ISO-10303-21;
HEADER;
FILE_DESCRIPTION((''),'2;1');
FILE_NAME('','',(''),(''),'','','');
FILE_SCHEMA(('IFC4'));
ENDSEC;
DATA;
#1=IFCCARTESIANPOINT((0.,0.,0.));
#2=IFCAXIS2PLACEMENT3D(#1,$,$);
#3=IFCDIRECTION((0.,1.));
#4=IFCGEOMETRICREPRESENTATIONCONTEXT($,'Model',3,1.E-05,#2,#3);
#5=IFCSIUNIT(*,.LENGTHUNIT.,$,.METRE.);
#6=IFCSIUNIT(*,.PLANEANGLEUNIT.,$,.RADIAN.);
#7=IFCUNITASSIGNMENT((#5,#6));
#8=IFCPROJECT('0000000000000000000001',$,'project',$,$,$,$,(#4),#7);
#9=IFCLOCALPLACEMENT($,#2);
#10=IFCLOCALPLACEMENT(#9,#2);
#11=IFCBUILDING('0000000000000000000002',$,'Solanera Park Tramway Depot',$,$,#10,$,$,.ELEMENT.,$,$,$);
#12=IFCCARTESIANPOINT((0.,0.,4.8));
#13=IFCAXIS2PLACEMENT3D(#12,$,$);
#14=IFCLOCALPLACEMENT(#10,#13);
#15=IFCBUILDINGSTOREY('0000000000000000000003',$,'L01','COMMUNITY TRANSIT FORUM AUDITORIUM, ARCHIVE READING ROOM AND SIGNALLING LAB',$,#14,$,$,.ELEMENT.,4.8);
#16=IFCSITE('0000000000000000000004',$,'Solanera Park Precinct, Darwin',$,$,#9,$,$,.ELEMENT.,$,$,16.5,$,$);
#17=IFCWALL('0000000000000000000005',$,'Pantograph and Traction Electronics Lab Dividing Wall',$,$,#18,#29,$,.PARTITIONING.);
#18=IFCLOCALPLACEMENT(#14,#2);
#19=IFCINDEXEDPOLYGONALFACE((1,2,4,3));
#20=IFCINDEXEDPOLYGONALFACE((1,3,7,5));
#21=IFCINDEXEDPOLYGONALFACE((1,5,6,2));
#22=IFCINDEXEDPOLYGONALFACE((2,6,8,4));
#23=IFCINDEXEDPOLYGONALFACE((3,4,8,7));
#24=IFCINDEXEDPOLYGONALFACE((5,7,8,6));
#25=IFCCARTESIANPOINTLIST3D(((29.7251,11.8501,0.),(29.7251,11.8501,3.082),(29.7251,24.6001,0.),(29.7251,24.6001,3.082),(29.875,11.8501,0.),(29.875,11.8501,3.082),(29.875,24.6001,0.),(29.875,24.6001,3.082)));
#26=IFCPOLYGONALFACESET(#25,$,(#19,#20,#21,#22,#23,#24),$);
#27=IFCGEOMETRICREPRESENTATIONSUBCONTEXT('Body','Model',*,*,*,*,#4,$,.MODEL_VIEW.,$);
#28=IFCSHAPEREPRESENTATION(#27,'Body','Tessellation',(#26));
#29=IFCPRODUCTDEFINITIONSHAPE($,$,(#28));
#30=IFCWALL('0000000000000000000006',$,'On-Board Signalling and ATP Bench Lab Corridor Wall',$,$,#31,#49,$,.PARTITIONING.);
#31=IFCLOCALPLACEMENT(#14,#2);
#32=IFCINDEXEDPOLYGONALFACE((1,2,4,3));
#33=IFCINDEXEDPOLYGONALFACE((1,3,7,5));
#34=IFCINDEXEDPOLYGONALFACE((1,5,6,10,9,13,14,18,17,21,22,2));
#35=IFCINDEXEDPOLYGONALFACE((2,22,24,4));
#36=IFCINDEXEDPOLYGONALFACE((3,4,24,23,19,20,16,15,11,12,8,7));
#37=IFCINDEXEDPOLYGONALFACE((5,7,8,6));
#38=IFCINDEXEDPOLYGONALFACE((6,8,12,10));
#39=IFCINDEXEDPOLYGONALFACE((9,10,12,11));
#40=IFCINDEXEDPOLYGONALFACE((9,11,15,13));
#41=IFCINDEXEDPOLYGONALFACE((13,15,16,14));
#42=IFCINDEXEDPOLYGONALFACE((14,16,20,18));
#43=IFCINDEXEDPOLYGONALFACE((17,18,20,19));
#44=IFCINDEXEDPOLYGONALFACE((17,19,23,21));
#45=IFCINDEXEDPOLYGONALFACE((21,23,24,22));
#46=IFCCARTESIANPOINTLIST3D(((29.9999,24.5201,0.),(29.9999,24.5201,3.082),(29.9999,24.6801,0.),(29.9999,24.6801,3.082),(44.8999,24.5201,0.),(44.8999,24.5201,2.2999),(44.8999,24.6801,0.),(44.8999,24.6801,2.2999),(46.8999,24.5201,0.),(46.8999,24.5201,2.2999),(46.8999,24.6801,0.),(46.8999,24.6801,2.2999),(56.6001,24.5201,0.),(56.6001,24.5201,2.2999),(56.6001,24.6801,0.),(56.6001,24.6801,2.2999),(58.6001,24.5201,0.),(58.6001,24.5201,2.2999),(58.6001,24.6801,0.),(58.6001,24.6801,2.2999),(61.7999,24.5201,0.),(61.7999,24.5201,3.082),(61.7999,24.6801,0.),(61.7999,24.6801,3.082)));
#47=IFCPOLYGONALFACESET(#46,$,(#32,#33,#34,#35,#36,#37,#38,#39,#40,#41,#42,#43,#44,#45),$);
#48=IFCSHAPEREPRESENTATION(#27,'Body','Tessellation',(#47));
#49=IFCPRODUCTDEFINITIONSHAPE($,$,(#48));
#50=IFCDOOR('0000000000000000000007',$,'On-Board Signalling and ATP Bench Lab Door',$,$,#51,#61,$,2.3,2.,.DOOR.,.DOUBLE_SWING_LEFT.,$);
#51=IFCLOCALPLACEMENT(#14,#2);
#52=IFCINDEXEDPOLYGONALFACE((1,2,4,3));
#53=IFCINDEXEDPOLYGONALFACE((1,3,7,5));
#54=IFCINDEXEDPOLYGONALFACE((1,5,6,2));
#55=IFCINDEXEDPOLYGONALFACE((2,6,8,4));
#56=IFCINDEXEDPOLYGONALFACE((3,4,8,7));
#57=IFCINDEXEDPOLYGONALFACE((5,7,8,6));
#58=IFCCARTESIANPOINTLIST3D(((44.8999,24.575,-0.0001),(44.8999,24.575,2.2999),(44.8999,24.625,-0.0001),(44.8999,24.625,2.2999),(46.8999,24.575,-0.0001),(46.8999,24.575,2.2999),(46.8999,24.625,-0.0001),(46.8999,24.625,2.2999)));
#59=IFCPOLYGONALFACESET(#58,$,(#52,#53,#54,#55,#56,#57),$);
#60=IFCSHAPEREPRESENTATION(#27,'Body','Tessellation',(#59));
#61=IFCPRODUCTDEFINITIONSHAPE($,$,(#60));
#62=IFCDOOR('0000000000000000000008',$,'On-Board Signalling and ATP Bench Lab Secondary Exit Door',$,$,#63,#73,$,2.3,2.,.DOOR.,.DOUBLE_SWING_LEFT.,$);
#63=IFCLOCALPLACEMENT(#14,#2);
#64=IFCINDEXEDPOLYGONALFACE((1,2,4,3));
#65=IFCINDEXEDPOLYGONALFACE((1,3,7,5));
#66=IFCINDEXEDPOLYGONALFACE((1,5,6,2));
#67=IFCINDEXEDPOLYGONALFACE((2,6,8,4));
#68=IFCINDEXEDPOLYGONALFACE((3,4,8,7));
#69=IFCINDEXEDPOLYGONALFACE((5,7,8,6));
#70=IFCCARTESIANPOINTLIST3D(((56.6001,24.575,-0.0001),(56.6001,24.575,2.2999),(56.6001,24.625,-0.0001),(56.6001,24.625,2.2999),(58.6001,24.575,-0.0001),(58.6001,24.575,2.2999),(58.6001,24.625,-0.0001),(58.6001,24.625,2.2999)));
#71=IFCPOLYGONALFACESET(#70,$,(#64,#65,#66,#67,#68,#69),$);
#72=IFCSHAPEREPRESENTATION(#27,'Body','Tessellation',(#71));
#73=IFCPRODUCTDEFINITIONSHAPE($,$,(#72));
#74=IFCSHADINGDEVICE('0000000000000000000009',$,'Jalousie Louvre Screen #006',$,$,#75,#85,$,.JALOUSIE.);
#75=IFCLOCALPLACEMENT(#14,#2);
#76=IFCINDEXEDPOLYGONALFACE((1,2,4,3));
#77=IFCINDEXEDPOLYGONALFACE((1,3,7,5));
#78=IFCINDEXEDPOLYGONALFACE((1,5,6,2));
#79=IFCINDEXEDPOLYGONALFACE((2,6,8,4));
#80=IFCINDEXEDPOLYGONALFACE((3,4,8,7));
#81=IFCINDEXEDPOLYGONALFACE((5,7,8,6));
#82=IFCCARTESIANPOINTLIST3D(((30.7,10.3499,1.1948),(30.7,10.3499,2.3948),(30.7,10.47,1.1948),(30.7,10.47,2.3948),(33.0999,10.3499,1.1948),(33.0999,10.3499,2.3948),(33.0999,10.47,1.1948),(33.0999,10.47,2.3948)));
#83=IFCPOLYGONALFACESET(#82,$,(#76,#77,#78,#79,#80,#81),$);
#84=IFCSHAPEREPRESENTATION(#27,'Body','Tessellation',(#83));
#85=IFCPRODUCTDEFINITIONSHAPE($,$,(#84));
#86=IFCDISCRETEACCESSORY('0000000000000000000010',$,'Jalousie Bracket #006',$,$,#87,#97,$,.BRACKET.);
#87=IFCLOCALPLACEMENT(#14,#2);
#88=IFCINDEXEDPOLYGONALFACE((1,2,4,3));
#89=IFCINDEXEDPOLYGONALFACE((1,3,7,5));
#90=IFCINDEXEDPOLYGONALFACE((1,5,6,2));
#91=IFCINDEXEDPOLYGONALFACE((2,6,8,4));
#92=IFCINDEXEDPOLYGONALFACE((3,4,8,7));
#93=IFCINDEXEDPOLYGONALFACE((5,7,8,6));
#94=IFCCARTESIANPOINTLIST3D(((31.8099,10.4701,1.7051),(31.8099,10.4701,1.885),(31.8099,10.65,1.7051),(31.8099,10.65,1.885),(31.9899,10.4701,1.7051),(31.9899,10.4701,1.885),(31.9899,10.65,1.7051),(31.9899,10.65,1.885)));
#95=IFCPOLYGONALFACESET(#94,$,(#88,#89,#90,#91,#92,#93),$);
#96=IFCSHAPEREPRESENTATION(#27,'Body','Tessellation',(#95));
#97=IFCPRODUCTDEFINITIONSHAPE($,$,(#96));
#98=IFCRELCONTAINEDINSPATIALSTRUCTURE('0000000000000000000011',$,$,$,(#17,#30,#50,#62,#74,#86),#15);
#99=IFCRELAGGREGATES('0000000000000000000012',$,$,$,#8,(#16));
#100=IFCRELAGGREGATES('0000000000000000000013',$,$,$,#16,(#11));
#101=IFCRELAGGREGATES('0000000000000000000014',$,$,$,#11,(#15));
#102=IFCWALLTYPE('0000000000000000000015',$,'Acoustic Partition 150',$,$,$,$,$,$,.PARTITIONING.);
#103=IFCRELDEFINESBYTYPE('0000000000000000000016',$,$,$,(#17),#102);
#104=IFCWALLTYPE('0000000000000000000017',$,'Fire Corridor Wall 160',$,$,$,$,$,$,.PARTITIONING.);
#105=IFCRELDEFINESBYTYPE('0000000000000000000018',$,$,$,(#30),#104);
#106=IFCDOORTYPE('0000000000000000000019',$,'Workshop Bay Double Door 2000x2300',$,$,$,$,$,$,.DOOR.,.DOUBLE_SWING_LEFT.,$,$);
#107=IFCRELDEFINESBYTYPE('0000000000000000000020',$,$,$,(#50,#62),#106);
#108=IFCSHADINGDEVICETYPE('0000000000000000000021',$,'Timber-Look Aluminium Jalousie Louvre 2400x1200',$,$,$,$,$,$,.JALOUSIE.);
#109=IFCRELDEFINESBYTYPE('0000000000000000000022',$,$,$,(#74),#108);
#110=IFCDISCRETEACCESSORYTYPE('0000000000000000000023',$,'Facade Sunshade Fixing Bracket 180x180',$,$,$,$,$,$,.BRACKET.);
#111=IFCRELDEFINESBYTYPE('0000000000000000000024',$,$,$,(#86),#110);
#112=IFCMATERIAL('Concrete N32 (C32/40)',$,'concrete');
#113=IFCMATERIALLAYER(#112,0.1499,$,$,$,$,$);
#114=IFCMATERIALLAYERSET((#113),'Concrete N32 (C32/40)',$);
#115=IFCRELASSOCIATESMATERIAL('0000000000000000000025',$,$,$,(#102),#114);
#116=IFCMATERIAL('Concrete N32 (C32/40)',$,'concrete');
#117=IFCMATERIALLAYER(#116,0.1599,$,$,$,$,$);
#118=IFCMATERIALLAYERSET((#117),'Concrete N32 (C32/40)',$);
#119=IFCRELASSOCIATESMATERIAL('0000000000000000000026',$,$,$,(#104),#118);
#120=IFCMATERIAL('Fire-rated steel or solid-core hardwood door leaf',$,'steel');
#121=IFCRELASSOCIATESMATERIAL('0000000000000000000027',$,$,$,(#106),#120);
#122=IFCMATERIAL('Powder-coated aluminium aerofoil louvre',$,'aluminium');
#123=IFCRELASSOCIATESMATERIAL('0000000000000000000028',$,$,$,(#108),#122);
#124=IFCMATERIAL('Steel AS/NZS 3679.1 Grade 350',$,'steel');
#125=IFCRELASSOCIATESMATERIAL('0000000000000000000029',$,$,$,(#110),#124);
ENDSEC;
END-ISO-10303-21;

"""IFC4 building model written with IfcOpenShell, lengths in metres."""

from ifc_helpers import new_model, si_unit, direction, frame, frame_2d, origin, origin_2d, place, context, subcontext, project, spatial, rectangle, extrude, material, layer, layer_set, type_object, element, fill, save


model = new_model("IFC4")

# Units and contexts
model_context = context("Model", 3, precision=1e-05, world=origin(), true_north=direction((0.0, 1.0)))
body_context = subcontext(model_context, "Body", "Model", "MODEL_VIEW")
ifc_project = project(units=[si_unit("LENGTHUNIT", "METRE"), si_unit("PLANEANGLEUNIT", "RADIAN")], contexts=[model_context])

# Site, building, storey
site_placement = place(None, origin())
site = spatial("IfcSite", under=ifc_project, at=site_placement, Name="Solanera Park Precinct, Darwin", CompositionType="ELEMENT", RefElevation=16.5)
building_placement = place(site_placement, origin())
building = spatial("IfcBuilding", under=site, at=building_placement, Name="Solanera Park Tramway Depot", CompositionType="ELEMENT")
storey_placement = place(building_placement, frame((0.0, 0.0, 4.8)))
storey = spatial("IfcBuildingStorey", under=building, at=storey_placement, Name="L01", Description="COMMUNITY TRANSIT FORUM AUDITORIUM, ARCHIVE READING ROOM AND SIGNALLING LAB", CompositionType="ELEMENT", Elevation=4.8)

# Wall
ifc_material_1 = material(Name="Concrete N32 (C32/40)", Category="concrete")
ifc_layer_1 = layer(ifc_material_1, 0.1499)
ifc_layer_set_1 = layer_set([ifc_layer_1], Name="Concrete N32 (C32/40)")
wall_type_1 = type_object("IfcWallType", Name="Acoustic Partition 150", PredefinedType="PARTITIONING", material=ifc_layer_set_1)
wall_1_placement = place(storey_placement, frame((29.8, 11.8501, 0.0), z_axis=(0.0, 0.0, 1.0), x_axis=(0.0, 1.0, 0.0)))
element("IfcWall", 1, at=wall_1_placement, inside=storey, type_object=wall_type_1, Name="Pantograph and Traction Electronics Lab Dividing Wall", PredefinedType="PARTITIONING", context=body_context, shape_type="SweptSolid", body=[
    extrude(rectangle(XDim=12.75, YDim=0.1499, at=frame_2d((6.375, 0.0))), origin(), (0.0, 0.0, 1.0), 3.082),
])

# Wall, openings, doors
ifc_material_2 = material(Name="Concrete N32 (C32/40)", Category="concrete")
ifc_layer_2 = layer(ifc_material_2, 0.1599)
ifc_layer_set_2 = layer_set([ifc_layer_2], Name="Concrete N32 (C32/40)")
wall_type_2 = type_object("IfcWallType", Name="Fire Corridor Wall 160", PredefinedType="PARTITIONING", material=ifc_layer_set_2)
wall_2_placement = place(storey_placement, frame((30.0, 24.6001, 0.0), z_axis=(0.0, 0.0, 1.0), x_axis=(1.0, 0.0, 0.0)))
wall_2 = element("IfcWall", 2, at=wall_2_placement, inside=storey, type_object=wall_type_2, Name="On-Board Signalling and ATP Bench Lab Corridor Wall", PredefinedType="PARTITIONING", context=body_context, shape_type="SweptSolid", body=[
    extrude(rectangle(XDim=31.8, YDim=0.1599, at=frame_2d((15.8999, 0.0))), origin(), (0.0, 0.0, 1.0), 3.082),
])
opening_1_placement = place(wall_2_placement, frame((14.8999, 0.0, 0.0)))
opening_1 = element("IfcOpeningElement", 3, at=opening_1_placement, cuts=wall_2, PredefinedType="OPENING", context=body_context, shape_type="SweptSolid", body=[
    extrude(rectangle(XDim=2.0, YDim=2.3, at=frame_2d((1.0, 1.1499))), frame((0.0, 0.0898, 0.0), z_axis=(0.0, -1.0, 0.0), x_axis=(1.0, 0.0, 0.0)), (0.0, 0.0, 1.0), 0.1799),
])
opening_2_placement = place(wall_2_placement, frame((26.6001, 0.0, 0.0)))
opening_2 = element("IfcOpeningElement", 4, at=opening_2_placement, cuts=wall_2, PredefinedType="OPENING", context=body_context, shape_type="SweptSolid", body=[
    extrude(rectangle(XDim=2.0, YDim=2.3, at=frame_2d((1.0, 1.1499))), frame((0.0, 0.0898, 0.0), z_axis=(0.0, -1.0, 0.0), x_axis=(1.0, 0.0, 0.0)), (0.0, 0.0, 1.0), 0.1799),
])
ifc_material_3 = material(Name="Fire-rated steel or solid-core hardwood door leaf", Category="steel")
door_type = type_object("IfcDoorType", Name="Workshop Bay Double Door 2000x2300", OperationType="DOUBLE_SWING_LEFT", PredefinedType="DOOR", material=ifc_material_3)
door_1_placement = place(opening_1_placement, origin())
door_1 = element("IfcDoor", 5, at=door_1_placement, inside=storey, type_object=door_type, Name="On-Board Signalling and ATP Bench Lab Door", OperationType="DOUBLE_SWING_LEFT", OverallHeight=2.3, OverallWidth=2.0, PredefinedType="DOOR", context=body_context, shape_type="SweptSolid", body=[
    extrude(rectangle(XDim=2.0, YDim=2.3, at=frame_2d((1.0, 1.1499))), frame((0.0, 0.0249, 0.0), z_axis=(0.0, -1.0, 0.0), x_axis=(1.0, 0.0, 0.0)), (0.0, 0.0, 1.0), 0.05),
])
fill(opening_1, door_1)
door_2_placement = place(opening_2_placement, origin())
door_2 = element("IfcDoor", 6, at=door_2_placement, inside=storey, type_object=door_type, Name="On-Board Signalling and ATP Bench Lab Secondary Exit Door", OperationType="DOUBLE_SWING_LEFT", OverallHeight=2.3, OverallWidth=2.0, PredefinedType="DOOR", context=body_context, shape_type="SweptSolid", body=[
    extrude(rectangle(XDim=2.0, YDim=2.3, at=frame_2d((1.0, 1.1499))), frame((0.0, 0.0249, 0.0), z_axis=(0.0, -1.0, 0.0), x_axis=(1.0, 0.0, 0.0)), (0.0, 0.0, 1.0), 0.05),
])
fill(opening_2, door_2)

# Shading device
ifc_material_4 = material(Name="Powder-coated aluminium aerofoil louvre", Category="aluminium")
shading_device_type = type_object("IfcShadingDeviceType", Name="Timber-Look Aluminium Jalousie Louvre 2400x1200", PredefinedType="JALOUSIE", material=ifc_material_4)
shading_device_placement = place(storey_placement, frame((31.8999, 10.4099, 1.1948), z_axis=(0.0, 0.0, 1.0), x_axis=(1.0, 0.0, 0.0)))
element("IfcShadingDevice", 7, at=shading_device_placement, inside=storey, type_object=shading_device_type, Name="Jalousie Louvre Screen #006", PredefinedType="JALOUSIE", context=body_context, shape_type="SweptSolid", body=[
    extrude(rectangle(XDim=2.3999, YDim=0.1201, at=origin_2d()), origin(), (0.0, 0.0, 1.0), 1.2),
])

# Discrete accessory
ifc_material_5 = material(Name="Steel AS/NZS 3679.1 Grade 350", Category="steel")
discrete_accessory_type = type_object("IfcDiscreteAccessoryType", Name="Facade Sunshade Fixing Bracket 180x180", PredefinedType="BRACKET", material=ifc_material_5)
discrete_accessory_placement = place(storey_placement, frame((31.8999, 10.5601, 1.7051), z_axis=(0.0, 0.0, 1.0), x_axis=(1.0, 0.0, 0.0)))
element("IfcDiscreteAccessory", 8, at=discrete_accessory_placement, inside=storey, type_object=discrete_accessory_type, Name="Jalousie Bracket #006", PredefinedType="BRACKET", context=body_context, shape_type="SweptSolid", body=[
    extrude(rectangle(XDim=0.1799, YDim=0.1799, at=origin_2d()), origin(), (0.0, 0.0, 1.0), 0.1799),
])

save(model, "model.ifc")
